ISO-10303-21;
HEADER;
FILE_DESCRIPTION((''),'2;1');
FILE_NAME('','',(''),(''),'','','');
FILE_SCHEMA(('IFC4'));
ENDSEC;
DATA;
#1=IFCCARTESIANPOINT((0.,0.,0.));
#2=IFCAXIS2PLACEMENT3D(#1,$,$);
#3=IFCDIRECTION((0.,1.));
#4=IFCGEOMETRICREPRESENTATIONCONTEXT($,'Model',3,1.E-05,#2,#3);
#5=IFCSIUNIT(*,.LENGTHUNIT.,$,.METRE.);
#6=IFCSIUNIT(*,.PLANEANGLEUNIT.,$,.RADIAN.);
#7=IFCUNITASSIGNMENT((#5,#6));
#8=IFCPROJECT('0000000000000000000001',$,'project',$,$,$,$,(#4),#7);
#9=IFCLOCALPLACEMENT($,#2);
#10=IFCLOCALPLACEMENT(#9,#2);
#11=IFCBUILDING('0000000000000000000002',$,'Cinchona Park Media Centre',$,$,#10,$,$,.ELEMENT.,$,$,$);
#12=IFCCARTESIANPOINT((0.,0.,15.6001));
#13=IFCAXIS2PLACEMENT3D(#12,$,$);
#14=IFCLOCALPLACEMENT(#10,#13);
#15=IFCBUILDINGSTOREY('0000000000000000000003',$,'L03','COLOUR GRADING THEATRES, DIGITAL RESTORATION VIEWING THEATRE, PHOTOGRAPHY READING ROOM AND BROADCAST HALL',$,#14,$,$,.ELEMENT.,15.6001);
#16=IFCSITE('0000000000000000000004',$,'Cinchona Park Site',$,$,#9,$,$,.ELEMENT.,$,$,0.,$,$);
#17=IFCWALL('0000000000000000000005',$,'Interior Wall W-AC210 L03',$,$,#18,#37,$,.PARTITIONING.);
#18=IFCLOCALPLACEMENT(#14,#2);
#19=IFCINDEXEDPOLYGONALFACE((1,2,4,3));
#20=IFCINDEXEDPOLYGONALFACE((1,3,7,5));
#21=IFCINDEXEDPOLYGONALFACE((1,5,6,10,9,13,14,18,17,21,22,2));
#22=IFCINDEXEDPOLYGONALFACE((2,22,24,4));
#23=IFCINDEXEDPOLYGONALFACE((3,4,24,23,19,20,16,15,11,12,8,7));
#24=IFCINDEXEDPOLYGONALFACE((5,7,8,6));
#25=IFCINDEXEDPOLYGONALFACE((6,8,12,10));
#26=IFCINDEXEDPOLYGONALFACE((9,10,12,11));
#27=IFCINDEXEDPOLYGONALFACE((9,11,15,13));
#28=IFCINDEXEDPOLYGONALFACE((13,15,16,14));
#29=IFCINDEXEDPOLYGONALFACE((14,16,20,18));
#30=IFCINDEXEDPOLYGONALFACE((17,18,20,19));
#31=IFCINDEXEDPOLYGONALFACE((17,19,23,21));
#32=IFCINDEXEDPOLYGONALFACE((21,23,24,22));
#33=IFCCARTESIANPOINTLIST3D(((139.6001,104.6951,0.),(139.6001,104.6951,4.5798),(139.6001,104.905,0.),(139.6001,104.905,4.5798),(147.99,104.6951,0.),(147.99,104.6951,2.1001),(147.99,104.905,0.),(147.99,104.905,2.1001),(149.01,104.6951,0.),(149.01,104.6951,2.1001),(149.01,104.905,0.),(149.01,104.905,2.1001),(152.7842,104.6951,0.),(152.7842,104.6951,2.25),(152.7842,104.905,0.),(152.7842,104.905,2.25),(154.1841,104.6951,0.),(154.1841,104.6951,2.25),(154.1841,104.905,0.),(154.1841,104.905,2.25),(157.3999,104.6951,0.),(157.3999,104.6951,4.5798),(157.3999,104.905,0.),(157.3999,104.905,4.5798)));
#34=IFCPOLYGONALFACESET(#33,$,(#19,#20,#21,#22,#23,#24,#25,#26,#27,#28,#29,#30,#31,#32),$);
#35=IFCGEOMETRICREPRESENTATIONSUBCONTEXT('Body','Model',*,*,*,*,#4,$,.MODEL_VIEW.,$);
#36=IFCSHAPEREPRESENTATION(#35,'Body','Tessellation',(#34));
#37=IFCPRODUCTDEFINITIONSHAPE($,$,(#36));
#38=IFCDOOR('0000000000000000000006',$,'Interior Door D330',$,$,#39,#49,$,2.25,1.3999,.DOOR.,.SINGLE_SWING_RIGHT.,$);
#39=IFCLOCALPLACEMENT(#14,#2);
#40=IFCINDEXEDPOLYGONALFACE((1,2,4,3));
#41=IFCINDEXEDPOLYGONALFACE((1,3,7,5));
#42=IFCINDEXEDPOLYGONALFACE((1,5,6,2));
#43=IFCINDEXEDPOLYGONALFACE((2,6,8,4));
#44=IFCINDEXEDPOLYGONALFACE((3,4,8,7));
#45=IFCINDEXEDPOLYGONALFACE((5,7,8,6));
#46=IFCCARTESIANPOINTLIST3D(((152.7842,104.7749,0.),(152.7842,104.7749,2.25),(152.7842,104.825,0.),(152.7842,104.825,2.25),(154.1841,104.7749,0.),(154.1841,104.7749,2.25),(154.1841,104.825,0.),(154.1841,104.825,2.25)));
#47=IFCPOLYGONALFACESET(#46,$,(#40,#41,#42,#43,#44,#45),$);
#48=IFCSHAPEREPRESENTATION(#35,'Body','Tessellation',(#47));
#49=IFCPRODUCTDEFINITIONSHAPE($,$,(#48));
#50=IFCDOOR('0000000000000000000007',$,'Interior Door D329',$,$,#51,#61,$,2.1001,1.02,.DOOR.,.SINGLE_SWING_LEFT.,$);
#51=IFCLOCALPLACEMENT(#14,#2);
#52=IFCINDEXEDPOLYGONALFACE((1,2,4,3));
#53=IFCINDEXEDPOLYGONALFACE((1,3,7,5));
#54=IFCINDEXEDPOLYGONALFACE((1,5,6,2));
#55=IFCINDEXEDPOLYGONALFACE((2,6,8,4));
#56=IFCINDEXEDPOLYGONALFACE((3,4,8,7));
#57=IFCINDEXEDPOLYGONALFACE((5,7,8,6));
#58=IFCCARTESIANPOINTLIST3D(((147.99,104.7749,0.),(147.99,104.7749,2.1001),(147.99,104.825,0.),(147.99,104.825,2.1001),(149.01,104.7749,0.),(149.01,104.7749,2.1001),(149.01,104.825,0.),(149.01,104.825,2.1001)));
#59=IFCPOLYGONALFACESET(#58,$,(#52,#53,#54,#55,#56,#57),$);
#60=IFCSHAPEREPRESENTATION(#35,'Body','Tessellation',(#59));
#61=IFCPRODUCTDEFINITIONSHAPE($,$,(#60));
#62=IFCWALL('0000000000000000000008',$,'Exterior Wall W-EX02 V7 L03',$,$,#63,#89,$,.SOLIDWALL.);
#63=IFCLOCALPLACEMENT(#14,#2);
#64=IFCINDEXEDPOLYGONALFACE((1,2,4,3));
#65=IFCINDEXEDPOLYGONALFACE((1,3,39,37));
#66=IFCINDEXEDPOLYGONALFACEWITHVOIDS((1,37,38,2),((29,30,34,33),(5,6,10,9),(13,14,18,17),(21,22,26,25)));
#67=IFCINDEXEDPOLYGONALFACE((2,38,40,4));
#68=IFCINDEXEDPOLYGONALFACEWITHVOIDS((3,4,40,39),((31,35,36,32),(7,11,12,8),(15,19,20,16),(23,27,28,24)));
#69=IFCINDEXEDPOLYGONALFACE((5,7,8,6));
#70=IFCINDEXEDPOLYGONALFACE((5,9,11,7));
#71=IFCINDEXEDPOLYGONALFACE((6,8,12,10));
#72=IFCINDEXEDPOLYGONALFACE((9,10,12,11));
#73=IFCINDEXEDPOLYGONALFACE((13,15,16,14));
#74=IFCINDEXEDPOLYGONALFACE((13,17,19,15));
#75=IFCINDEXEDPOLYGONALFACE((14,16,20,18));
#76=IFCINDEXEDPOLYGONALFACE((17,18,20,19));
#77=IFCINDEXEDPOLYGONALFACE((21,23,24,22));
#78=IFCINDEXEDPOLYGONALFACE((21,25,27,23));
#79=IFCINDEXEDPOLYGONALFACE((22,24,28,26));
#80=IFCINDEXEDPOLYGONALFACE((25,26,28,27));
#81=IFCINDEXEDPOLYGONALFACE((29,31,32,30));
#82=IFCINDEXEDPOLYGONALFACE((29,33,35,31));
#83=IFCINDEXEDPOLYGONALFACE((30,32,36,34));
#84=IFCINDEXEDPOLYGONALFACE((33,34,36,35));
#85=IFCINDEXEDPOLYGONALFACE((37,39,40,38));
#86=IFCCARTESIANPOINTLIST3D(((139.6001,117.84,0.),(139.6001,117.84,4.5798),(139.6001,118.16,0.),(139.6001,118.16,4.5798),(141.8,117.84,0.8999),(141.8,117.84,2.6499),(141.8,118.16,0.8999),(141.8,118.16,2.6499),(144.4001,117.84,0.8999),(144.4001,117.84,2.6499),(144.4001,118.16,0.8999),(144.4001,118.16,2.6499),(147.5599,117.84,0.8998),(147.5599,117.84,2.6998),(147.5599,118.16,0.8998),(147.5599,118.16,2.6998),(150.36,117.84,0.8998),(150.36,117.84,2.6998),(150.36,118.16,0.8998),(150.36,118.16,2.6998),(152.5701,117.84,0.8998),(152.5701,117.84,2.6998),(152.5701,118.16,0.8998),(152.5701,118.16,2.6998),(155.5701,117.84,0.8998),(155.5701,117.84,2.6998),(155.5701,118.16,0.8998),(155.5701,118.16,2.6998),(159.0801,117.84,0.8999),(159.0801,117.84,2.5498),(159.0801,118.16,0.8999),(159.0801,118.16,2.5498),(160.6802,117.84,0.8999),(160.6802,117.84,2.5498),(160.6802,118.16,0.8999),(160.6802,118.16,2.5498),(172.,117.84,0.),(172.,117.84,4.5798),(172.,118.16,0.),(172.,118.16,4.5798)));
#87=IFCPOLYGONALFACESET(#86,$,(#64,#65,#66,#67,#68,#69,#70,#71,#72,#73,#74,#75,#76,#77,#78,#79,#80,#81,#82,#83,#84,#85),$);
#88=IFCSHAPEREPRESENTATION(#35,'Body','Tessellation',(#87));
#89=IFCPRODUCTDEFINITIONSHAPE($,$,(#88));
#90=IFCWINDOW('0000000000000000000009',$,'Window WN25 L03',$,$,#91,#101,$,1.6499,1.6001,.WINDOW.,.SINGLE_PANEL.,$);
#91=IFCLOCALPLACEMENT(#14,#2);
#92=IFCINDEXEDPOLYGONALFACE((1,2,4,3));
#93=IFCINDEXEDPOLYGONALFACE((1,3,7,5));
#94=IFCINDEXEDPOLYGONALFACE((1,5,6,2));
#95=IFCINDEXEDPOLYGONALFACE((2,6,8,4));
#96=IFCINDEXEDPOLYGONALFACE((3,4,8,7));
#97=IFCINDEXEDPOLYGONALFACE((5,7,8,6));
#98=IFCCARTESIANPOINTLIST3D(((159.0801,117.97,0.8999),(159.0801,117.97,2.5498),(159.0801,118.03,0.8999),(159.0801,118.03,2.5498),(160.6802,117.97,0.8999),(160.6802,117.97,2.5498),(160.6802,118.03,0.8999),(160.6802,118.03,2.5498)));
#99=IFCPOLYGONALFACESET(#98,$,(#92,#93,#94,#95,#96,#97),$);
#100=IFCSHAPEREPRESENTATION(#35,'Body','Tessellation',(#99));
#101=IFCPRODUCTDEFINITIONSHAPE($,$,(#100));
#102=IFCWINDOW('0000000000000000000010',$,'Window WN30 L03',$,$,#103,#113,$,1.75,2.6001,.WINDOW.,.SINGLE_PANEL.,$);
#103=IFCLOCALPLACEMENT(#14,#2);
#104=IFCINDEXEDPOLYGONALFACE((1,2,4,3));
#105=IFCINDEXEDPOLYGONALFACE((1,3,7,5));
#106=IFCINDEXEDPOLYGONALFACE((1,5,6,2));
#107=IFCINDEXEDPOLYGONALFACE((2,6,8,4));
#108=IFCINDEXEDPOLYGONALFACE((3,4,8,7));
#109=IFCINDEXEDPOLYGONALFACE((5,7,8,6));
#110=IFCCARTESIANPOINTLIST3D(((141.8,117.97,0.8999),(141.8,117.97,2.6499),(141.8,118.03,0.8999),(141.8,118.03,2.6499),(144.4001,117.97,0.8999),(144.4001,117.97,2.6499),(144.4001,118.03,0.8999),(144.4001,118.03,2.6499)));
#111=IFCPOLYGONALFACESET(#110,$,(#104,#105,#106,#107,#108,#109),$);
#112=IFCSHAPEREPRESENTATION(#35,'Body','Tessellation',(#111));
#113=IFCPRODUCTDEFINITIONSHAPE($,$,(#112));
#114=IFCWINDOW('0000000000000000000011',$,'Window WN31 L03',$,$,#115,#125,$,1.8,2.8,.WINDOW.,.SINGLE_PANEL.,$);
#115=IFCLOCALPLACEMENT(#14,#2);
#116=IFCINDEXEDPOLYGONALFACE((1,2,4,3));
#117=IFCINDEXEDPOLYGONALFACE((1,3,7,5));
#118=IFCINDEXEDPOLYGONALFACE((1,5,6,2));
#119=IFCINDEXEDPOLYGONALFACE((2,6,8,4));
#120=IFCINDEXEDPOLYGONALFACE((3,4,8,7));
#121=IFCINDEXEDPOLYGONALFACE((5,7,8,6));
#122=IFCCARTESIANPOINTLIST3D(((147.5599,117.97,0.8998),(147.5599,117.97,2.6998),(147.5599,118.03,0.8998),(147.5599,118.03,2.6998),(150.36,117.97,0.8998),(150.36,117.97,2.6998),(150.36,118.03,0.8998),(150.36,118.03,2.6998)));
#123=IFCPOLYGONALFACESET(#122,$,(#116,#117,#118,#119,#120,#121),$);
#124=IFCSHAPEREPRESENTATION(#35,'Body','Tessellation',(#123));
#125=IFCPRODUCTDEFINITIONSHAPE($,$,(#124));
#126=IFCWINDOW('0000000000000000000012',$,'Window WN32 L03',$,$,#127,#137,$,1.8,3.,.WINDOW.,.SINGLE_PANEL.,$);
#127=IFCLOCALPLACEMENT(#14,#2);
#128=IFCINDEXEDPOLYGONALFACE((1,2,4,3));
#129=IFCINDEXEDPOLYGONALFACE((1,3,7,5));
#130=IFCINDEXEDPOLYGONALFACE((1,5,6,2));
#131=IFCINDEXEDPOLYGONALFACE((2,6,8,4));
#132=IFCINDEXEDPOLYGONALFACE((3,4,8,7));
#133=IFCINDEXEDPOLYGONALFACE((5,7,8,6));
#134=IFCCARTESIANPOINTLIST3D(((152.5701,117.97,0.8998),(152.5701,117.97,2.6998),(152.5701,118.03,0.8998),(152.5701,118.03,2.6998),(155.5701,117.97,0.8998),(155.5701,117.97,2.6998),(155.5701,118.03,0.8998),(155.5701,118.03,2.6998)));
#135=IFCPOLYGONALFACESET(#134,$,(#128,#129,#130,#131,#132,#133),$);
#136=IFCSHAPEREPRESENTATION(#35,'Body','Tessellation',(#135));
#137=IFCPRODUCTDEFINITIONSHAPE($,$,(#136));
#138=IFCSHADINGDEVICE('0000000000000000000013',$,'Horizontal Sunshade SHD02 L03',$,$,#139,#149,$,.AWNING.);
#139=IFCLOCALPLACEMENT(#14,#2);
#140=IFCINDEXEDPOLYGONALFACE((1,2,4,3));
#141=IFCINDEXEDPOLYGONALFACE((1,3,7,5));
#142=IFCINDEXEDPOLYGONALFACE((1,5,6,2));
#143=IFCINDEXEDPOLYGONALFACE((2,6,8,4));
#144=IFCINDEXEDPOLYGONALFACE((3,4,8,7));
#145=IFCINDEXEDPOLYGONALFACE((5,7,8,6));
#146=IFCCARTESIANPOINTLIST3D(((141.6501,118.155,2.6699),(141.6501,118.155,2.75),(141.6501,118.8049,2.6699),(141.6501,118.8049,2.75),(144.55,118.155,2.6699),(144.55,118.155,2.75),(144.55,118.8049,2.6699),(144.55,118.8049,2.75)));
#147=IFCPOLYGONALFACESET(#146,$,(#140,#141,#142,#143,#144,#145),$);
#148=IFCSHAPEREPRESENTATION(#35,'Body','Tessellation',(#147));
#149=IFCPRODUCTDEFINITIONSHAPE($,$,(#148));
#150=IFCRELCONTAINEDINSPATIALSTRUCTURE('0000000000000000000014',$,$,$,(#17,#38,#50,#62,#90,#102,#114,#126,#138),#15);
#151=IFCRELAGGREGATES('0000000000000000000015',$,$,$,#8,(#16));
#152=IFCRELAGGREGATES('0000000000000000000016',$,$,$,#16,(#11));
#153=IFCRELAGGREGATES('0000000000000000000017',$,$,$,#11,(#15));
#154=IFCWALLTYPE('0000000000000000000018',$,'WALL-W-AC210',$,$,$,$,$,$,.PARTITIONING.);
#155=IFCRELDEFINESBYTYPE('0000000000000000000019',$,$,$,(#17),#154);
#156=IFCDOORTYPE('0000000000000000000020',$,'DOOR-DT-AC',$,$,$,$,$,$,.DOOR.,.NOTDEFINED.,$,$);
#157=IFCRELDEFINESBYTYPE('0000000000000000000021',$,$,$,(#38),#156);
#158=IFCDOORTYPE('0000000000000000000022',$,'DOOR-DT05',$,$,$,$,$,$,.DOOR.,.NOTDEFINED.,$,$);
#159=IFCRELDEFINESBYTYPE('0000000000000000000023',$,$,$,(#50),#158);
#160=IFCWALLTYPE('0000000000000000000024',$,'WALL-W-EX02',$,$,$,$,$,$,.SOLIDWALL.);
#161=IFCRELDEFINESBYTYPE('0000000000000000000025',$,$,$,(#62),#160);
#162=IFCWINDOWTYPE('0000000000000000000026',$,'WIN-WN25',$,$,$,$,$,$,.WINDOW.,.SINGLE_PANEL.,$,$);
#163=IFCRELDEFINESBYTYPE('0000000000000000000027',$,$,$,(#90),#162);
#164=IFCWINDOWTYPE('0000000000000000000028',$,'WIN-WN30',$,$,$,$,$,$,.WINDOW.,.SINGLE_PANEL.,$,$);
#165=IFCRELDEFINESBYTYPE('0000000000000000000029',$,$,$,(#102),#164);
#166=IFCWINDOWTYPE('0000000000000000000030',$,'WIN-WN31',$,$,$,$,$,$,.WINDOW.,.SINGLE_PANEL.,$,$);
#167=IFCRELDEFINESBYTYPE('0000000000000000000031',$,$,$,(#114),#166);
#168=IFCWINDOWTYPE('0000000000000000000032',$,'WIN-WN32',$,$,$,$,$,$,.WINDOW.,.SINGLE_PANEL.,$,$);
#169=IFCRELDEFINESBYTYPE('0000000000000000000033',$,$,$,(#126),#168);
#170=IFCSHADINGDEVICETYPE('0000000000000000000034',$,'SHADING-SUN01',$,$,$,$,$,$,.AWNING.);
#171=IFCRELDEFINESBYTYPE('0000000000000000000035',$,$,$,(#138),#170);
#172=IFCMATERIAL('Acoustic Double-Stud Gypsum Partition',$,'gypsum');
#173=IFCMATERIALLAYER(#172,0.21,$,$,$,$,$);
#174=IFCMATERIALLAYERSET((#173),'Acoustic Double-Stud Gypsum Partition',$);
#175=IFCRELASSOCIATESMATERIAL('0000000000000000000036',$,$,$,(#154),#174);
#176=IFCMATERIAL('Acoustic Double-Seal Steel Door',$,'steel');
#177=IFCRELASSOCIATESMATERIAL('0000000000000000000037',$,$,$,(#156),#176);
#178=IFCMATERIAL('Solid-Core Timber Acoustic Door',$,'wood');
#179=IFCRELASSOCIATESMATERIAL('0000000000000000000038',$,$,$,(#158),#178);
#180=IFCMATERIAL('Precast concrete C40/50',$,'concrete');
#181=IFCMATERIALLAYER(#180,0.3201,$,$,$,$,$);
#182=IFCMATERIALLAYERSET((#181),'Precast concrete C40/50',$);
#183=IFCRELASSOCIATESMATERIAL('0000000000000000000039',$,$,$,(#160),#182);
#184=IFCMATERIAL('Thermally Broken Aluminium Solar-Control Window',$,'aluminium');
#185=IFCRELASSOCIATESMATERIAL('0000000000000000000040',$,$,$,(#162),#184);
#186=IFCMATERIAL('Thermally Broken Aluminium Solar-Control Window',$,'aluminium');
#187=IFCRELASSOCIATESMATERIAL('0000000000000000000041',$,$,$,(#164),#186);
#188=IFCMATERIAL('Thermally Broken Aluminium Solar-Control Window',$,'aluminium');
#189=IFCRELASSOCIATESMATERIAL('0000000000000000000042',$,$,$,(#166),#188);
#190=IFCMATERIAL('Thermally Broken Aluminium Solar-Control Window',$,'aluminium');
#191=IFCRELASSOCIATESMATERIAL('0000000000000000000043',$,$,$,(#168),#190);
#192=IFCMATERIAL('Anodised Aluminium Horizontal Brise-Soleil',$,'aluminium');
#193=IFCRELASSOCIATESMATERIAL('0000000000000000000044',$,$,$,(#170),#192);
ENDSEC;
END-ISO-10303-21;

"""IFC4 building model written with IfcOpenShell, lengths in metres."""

from ifc_helpers import new_model, si_unit, direction, frame, frame_2d, origin, origin_2d, place, context, subcontext, project, spatial, rectangle, extrude, material, layer, layer_set, type_object, element, fill, save


model = new_model("IFC4")

# Units and contexts
model_context = context("Model", 3, precision=1e-05, world=origin(), true_north=direction((0.0, 1.0)))
body_context = subcontext(model_context, "Body", "Model", "MODEL_VIEW")
ifc_project = project(units=[si_unit("LENGTHUNIT", "METRE"), si_unit("PLANEANGLEUNIT", "RADIAN")], contexts=[model_context])

# Site, building, storey
site_placement = place(None, origin())
site = spatial("IfcSite", under=ifc_project, at=site_placement, Name="Cinchona Park Site", CompositionType="ELEMENT", RefElevation=0.0)
building_placement = place(site_placement, origin())
building = spatial("IfcBuilding", under=site, at=building_placement, Name="Cinchona Park Media Centre", CompositionType="ELEMENT")
storey_placement = place(building_placement, frame((0.0, 0.0, 15.6001)))
storey = spatial("IfcBuildingStorey", under=building, at=storey_placement, Name="L03", Description="COLOUR GRADING THEATRES, DIGITAL RESTORATION VIEWING THEATRE, PHOTOGRAPHY READING ROOM AND BROADCAST HALL", CompositionType="ELEMENT", Elevation=15.6001)

# Wall, openings, doors
ifc_material_1 = material(Name="Acoustic Double-Stud Gypsum Partition", Category="gypsum")
ifc_layer_1 = layer(ifc_material_1, 0.21)
ifc_layer_set_1 = layer_set([ifc_layer_1], Name="Acoustic Double-Stud Gypsum Partition")
wall_type_1 = type_object("IfcWallType", Name="WALL-W-AC210", PredefinedType="PARTITIONING", material=ifc_layer_set_1)
wall_1_placement = place(storey_placement, frame((139.6001, 104.8, 0.0), z_axis=(0.0, 0.0, 1.0), x_axis=(1.0, 0.0, 0.0)))
wall_1 = element("IfcWall", 1, at=wall_1_placement, inside=storey, type_object=wall_type_1, Name="Interior Wall W-AC210 L03", PredefinedType="PARTITIONING", context=body_context, shape_type="SweptSolid", body=[
    extrude(rectangle(XDim=17.7998, YDim=0.21, at=frame_2d((8.8999, 0.0))), origin(), (0.0, 0.0, 1.0), 4.5798),
])
opening_1_placement = place(wall_1_placement, frame((8.3899, 0.0, 0.0)))
opening_1 = element("IfcOpeningElement", 2, at=opening_1_placement, cuts=wall_1, PredefinedType="OPENING", context=body_context, shape_type="SweptSolid", body=[
    extrude(rectangle(XDim=1.02, YDim=2.1001, at=frame_2d((0.51, 1.05))), frame((0.0, 0.115, 0.0), z_axis=(0.0, -1.0, 0.0), x_axis=(1.0, 0.0, 0.0)), (0.0, 0.0, 1.0), 0.23),
])
opening_2_placement = place(wall_1_placement, frame((13.1841, 0.0, 0.0)))
opening_2 = element("IfcOpeningElement", 3, at=opening_2_placement, cuts=wall_1, PredefinedType="OPENING", context=body_context, shape_type="SweptSolid", body=[
    extrude(rectangle(XDim=1.3999, YDim=2.25, at=frame_2d((0.7, 1.125))), frame((0.0, 0.115, 0.0), z_axis=(0.0, -1.0, 0.0), x_axis=(1.0, 0.0, 0.0)), (0.0, 0.0, 1.0), 0.23),
])
ifc_material_2 = material(Name="Acoustic Double-Seal Steel Door", Category="steel")
door_type_1 = type_object("IfcDoorType", Name="DOOR-DT-AC", OperationType="NOTDEFINED", PredefinedType="DOOR", material=ifc_material_2)
door_1_placement = place(opening_2_placement, origin())
door_1 = element("IfcDoor", 4, at=door_1_placement, inside=storey, type_object=door_type_1, Name="Interior Door D330", OperationType="SINGLE_SWING_RIGHT", OverallHeight=2.25, OverallWidth=1.3999, PredefinedType="DOOR", context=body_context, shape_type="SweptSolid", body=[
    extrude(rectangle(XDim=1.3999, YDim=2.25, at=frame_2d((0.7, 1.125))), frame((0.0, 0.0249, 0.0), z_axis=(0.0, -1.0, 0.0), x_axis=(1.0, 0.0, 0.0)), (0.0, 0.0, 1.0), 0.05),
])
fill(opening_2, door_1)
ifc_material_3 = material(Name="Solid-Core Timber Acoustic Door", Category="wood")
door_type_2 = type_object("IfcDoorType", Name="DOOR-DT05", OperationType="NOTDEFINED", PredefinedType="DOOR", material=ifc_material_3)
door_2_placement = place(opening_1_placement, origin())
door_2 = element("IfcDoor", 5, at=door_2_placement, inside=storey, type_object=door_type_2, Name="Interior Door D329", OperationType="SINGLE_SWING_LEFT", OverallHeight=2.1001, OverallWidth=1.02, PredefinedType="DOOR", context=body_context, shape_type="SweptSolid", body=[
    extrude(rectangle(XDim=1.02, YDim=2.1001, at=frame_2d((0.51, 1.05))), frame((0.0, 0.0249, 0.0), z_axis=(0.0, -1.0, 0.0), x_axis=(1.0, 0.0, 0.0)), (0.0, 0.0, 1.0), 0.05),
])
fill(opening_1, door_2)

# Wall, openings, windows
ifc_material_4 = material(Name="Precast concrete C40/50", Category="concrete")
ifc_layer_2 = layer(ifc_material_4, 0.3201)
ifc_layer_set_2 = layer_set([ifc_layer_2], Name="Precast concrete C40/50")
wall_type_2 = type_object("IfcWallType", Name="WALL-W-EX02", PredefinedType="SOLIDWALL", material=ifc_layer_set_2)
wall_2_placement = place(storey_placement, frame((139.6001, 118.0, 0.0), z_axis=(0.0, 0.0, 1.0), x_axis=(1.0, 0.0, 0.0)))
wall_2 = element("IfcWall", 6, at=wall_2_placement, inside=storey, type_object=wall_type_2, Name="Exterior Wall W-EX02 V7 L03", PredefinedType="SOLIDWALL", context=body_context, shape_type="SweptSolid", body=[
    extrude(rectangle(XDim=32.3999, YDim=0.3201, at=frame_2d((16.2, 0.0))), origin(), (0.0, 0.0, 1.0), 4.5798),
])
opening_3_placement = place(wall_2_placement, frame((2.2, 0.0, 0.8999)))
opening_3 = element("IfcOpeningElement", 7, at=opening_3_placement, cuts=wall_2, PredefinedType="OPENING", context=body_context, shape_type="SweptSolid", body=[
    extrude(rectangle(XDim=2.6001, YDim=1.75, at=frame_2d((1.3, 0.875))), frame((0.0, 0.1699, 0.0), z_axis=(0.0, -1.0, 0.0), x_axis=(1.0, 0.0, 0.0)), (0.0, 0.0, 1.0), 0.3401),
])
opening_4_placement = place(wall_2_placement, frame((7.96, 0.0, 0.8999)))
opening_4 = element("IfcOpeningElement", 8, at=opening_4_placement, cuts=wall_2, PredefinedType="OPENING", context=body_context, shape_type="SweptSolid", body=[
    extrude(rectangle(XDim=2.8, YDim=1.8, at=frame_2d((1.3999, 0.8999))), frame((0.0, 0.1699, 0.0), z_axis=(0.0, -1.0, 0.0), x_axis=(1.0, 0.0, 0.0)), (0.0, 0.0, 1.0), 0.3401),
])
opening_5_placement = place(wall_2_placement, frame((12.97, 0.0, 0.8999)))
opening_5 = element("IfcOpeningElement", 9, at=opening_5_placement, cuts=wall_2, PredefinedType="OPENING", context=body_context, shape_type="SweptSolid", body=[
    extrude(rectangle(XDim=3.0, YDim=1.8, at=frame_2d((1.5, 0.8999))), frame((0.0, 0.1699, 0.0), z_axis=(0.0, -1.0, 0.0), x_axis=(1.0, 0.0, 0.0)), (0.0, 0.0, 1.0), 0.3401),
])
opening_6_placement = place(wall_2_placement, frame((19.48, 0.0, 0.8999)))
opening_6 = element("IfcOpeningElement", 10, at=opening_6_placement, cuts=wall_2, PredefinedType="OPENING", context=body_context, shape_type="SweptSolid", body=[
    extrude(rectangle(XDim=1.6001, YDim=1.6499, at=frame_2d((0.8, 0.825))), frame((0.0, 0.1699, 0.0), z_axis=(0.0, -1.0, 0.0), x_axis=(1.0, 0.0, 0.0)), (0.0, 0.0, 1.0), 0.3401),
])
ifc_material_5 = material(Name="Thermally Broken Aluminium Solar-Control Window", Category="aluminium")
window_type_1 = type_object("IfcWindowType", Name="WIN-WN25", PartitioningType="SINGLE_PANEL", PredefinedType="WINDOW", material=ifc_material_5)
window_1_placement = place(opening_6_placement, origin())
window_1 = element("IfcWindow", 11, at=window_1_placement, inside=storey, type_object=window_type_1, Name="Window WN25 L03", OverallHeight=1.6499, OverallWidth=1.6001, PartitioningType="SINGLE_PANEL", PredefinedType="WINDOW", context=body_context, shape_type="SweptSolid", body=[
    extrude(rectangle(XDim=1.6001, YDim=1.6499, at=frame_2d((0.8, 0.825))), frame((0.0, 0.03, 0.0), z_axis=(0.0, -1.0, 0.0), x_axis=(1.0, 0.0, 0.0)), (0.0, 0.0, 1.0), 0.0601),
])
fill(opening_6, window_1)
ifc_material_6 = material(Name="Thermally Broken Aluminium Solar-Control Window", Category="aluminium")
window_type_2 = type_object("IfcWindowType", Name="WIN-WN30", PartitioningType="SINGLE_PANEL", PredefinedType="WINDOW", material=ifc_material_6)
window_2_placement = place(opening_3_placement, origin())
window_2 = element("IfcWindow", 12, at=window_2_placement, inside=storey, type_object=window_type_2, Name="Window WN30 L03", OverallHeight=1.75, OverallWidth=2.6001, PartitioningType="SINGLE_PANEL", PredefinedType="WINDOW", context=body_context, shape_type="SweptSolid", body=[
    extrude(rectangle(XDim=2.6001, YDim=1.75, at=frame_2d((1.3, 0.875))), frame((0.0, 0.03, 0.0), z_axis=(0.0, -1.0, 0.0), x_axis=(1.0, 0.0, 0.0)), (0.0, 0.0, 1.0), 0.0601),
])
fill(opening_3, window_2)
ifc_material_7 = material(Name="Thermally Broken Aluminium Solar-Control Window", Category="aluminium")
window_type_3 = type_object("IfcWindowType", Name="WIN-WN31", PartitioningType="SINGLE_PANEL", PredefinedType="WINDOW", material=ifc_material_7)
window_3_placement = place(opening_4_placement, origin())
window_3 = element("IfcWindow", 13, at=window_3_placement, inside=storey, type_object=window_type_3, Name="Window WN31 L03", OverallHeight=1.8, OverallWidth=2.8, PartitioningType="SINGLE_PANEL", PredefinedType="WINDOW", context=body_context, shape_type="SweptSolid", body=[
    extrude(rectangle(XDim=2.8, YDim=1.8, at=frame_2d((1.3999, 0.8999))), frame((0.0, 0.03, 0.0), z_axis=(0.0, -1.0, 0.0), x_axis=(1.0, 0.0, 0.0)), (0.0, 0.0, 1.0), 0.0601),
])
fill(opening_4, window_3)
ifc_material_8 = material(Name="Thermally Broken Aluminium Solar-Control Window", Category="aluminium")
window_type_4 = type_object("IfcWindowType", Name="WIN-WN32", PartitioningType="SINGLE_PANEL", PredefinedType="WINDOW", material=ifc_material_8)
window_4_placement = place(opening_5_placement, origin())
window_4 = element("IfcWindow", 14, at=window_4_placement, inside=storey, type_object=window_type_4, Name="Window WN32 L03", OverallHeight=1.8, OverallWidth=3.0, PartitioningType="SINGLE_PANEL", PredefinedType="WINDOW", context=body_context, shape_type="SweptSolid", body=[
    extrude(rectangle(XDim=3.0, YDim=1.8, at=frame_2d((1.5, 0.8999))), frame((0.0, 0.03, 0.0), z_axis=(0.0, -1.0, 0.0), x_axis=(1.0, 0.0, 0.0)), (0.0, 0.0, 1.0), 0.0601),
])
fill(opening_5, window_4)

# Shading device
ifc_material_9 = material(Name="Anodised Aluminium Horizontal Brise-Soleil", Category="aluminium")
shading_device_type = type_object("IfcShadingDeviceType", Name="SHADING-SUN01", PredefinedType="AWNING", material=ifc_material_9)
shading_device_placement = place(storey_placement, frame((143.1001, 118.48, 2.6699), z_axis=(0.0, 0.0, 1.0), x_axis=(1.0, 0.0, 0.0)))
element("IfcShadingDevice", 15, at=shading_device_placement, inside=storey, type_object=shading_device_type, Name="Horizontal Sunshade SHD02 L03", PredefinedType="AWNING", context=body_context, shape_type="SweptSolid", body=[
    extrude(rectangle(XDim=2.8999, YDim=0.6499, at=origin_2d()), origin(), (0.0, 0.0, 1.0), 0.0801),
])

save(model, "model.ifc")
